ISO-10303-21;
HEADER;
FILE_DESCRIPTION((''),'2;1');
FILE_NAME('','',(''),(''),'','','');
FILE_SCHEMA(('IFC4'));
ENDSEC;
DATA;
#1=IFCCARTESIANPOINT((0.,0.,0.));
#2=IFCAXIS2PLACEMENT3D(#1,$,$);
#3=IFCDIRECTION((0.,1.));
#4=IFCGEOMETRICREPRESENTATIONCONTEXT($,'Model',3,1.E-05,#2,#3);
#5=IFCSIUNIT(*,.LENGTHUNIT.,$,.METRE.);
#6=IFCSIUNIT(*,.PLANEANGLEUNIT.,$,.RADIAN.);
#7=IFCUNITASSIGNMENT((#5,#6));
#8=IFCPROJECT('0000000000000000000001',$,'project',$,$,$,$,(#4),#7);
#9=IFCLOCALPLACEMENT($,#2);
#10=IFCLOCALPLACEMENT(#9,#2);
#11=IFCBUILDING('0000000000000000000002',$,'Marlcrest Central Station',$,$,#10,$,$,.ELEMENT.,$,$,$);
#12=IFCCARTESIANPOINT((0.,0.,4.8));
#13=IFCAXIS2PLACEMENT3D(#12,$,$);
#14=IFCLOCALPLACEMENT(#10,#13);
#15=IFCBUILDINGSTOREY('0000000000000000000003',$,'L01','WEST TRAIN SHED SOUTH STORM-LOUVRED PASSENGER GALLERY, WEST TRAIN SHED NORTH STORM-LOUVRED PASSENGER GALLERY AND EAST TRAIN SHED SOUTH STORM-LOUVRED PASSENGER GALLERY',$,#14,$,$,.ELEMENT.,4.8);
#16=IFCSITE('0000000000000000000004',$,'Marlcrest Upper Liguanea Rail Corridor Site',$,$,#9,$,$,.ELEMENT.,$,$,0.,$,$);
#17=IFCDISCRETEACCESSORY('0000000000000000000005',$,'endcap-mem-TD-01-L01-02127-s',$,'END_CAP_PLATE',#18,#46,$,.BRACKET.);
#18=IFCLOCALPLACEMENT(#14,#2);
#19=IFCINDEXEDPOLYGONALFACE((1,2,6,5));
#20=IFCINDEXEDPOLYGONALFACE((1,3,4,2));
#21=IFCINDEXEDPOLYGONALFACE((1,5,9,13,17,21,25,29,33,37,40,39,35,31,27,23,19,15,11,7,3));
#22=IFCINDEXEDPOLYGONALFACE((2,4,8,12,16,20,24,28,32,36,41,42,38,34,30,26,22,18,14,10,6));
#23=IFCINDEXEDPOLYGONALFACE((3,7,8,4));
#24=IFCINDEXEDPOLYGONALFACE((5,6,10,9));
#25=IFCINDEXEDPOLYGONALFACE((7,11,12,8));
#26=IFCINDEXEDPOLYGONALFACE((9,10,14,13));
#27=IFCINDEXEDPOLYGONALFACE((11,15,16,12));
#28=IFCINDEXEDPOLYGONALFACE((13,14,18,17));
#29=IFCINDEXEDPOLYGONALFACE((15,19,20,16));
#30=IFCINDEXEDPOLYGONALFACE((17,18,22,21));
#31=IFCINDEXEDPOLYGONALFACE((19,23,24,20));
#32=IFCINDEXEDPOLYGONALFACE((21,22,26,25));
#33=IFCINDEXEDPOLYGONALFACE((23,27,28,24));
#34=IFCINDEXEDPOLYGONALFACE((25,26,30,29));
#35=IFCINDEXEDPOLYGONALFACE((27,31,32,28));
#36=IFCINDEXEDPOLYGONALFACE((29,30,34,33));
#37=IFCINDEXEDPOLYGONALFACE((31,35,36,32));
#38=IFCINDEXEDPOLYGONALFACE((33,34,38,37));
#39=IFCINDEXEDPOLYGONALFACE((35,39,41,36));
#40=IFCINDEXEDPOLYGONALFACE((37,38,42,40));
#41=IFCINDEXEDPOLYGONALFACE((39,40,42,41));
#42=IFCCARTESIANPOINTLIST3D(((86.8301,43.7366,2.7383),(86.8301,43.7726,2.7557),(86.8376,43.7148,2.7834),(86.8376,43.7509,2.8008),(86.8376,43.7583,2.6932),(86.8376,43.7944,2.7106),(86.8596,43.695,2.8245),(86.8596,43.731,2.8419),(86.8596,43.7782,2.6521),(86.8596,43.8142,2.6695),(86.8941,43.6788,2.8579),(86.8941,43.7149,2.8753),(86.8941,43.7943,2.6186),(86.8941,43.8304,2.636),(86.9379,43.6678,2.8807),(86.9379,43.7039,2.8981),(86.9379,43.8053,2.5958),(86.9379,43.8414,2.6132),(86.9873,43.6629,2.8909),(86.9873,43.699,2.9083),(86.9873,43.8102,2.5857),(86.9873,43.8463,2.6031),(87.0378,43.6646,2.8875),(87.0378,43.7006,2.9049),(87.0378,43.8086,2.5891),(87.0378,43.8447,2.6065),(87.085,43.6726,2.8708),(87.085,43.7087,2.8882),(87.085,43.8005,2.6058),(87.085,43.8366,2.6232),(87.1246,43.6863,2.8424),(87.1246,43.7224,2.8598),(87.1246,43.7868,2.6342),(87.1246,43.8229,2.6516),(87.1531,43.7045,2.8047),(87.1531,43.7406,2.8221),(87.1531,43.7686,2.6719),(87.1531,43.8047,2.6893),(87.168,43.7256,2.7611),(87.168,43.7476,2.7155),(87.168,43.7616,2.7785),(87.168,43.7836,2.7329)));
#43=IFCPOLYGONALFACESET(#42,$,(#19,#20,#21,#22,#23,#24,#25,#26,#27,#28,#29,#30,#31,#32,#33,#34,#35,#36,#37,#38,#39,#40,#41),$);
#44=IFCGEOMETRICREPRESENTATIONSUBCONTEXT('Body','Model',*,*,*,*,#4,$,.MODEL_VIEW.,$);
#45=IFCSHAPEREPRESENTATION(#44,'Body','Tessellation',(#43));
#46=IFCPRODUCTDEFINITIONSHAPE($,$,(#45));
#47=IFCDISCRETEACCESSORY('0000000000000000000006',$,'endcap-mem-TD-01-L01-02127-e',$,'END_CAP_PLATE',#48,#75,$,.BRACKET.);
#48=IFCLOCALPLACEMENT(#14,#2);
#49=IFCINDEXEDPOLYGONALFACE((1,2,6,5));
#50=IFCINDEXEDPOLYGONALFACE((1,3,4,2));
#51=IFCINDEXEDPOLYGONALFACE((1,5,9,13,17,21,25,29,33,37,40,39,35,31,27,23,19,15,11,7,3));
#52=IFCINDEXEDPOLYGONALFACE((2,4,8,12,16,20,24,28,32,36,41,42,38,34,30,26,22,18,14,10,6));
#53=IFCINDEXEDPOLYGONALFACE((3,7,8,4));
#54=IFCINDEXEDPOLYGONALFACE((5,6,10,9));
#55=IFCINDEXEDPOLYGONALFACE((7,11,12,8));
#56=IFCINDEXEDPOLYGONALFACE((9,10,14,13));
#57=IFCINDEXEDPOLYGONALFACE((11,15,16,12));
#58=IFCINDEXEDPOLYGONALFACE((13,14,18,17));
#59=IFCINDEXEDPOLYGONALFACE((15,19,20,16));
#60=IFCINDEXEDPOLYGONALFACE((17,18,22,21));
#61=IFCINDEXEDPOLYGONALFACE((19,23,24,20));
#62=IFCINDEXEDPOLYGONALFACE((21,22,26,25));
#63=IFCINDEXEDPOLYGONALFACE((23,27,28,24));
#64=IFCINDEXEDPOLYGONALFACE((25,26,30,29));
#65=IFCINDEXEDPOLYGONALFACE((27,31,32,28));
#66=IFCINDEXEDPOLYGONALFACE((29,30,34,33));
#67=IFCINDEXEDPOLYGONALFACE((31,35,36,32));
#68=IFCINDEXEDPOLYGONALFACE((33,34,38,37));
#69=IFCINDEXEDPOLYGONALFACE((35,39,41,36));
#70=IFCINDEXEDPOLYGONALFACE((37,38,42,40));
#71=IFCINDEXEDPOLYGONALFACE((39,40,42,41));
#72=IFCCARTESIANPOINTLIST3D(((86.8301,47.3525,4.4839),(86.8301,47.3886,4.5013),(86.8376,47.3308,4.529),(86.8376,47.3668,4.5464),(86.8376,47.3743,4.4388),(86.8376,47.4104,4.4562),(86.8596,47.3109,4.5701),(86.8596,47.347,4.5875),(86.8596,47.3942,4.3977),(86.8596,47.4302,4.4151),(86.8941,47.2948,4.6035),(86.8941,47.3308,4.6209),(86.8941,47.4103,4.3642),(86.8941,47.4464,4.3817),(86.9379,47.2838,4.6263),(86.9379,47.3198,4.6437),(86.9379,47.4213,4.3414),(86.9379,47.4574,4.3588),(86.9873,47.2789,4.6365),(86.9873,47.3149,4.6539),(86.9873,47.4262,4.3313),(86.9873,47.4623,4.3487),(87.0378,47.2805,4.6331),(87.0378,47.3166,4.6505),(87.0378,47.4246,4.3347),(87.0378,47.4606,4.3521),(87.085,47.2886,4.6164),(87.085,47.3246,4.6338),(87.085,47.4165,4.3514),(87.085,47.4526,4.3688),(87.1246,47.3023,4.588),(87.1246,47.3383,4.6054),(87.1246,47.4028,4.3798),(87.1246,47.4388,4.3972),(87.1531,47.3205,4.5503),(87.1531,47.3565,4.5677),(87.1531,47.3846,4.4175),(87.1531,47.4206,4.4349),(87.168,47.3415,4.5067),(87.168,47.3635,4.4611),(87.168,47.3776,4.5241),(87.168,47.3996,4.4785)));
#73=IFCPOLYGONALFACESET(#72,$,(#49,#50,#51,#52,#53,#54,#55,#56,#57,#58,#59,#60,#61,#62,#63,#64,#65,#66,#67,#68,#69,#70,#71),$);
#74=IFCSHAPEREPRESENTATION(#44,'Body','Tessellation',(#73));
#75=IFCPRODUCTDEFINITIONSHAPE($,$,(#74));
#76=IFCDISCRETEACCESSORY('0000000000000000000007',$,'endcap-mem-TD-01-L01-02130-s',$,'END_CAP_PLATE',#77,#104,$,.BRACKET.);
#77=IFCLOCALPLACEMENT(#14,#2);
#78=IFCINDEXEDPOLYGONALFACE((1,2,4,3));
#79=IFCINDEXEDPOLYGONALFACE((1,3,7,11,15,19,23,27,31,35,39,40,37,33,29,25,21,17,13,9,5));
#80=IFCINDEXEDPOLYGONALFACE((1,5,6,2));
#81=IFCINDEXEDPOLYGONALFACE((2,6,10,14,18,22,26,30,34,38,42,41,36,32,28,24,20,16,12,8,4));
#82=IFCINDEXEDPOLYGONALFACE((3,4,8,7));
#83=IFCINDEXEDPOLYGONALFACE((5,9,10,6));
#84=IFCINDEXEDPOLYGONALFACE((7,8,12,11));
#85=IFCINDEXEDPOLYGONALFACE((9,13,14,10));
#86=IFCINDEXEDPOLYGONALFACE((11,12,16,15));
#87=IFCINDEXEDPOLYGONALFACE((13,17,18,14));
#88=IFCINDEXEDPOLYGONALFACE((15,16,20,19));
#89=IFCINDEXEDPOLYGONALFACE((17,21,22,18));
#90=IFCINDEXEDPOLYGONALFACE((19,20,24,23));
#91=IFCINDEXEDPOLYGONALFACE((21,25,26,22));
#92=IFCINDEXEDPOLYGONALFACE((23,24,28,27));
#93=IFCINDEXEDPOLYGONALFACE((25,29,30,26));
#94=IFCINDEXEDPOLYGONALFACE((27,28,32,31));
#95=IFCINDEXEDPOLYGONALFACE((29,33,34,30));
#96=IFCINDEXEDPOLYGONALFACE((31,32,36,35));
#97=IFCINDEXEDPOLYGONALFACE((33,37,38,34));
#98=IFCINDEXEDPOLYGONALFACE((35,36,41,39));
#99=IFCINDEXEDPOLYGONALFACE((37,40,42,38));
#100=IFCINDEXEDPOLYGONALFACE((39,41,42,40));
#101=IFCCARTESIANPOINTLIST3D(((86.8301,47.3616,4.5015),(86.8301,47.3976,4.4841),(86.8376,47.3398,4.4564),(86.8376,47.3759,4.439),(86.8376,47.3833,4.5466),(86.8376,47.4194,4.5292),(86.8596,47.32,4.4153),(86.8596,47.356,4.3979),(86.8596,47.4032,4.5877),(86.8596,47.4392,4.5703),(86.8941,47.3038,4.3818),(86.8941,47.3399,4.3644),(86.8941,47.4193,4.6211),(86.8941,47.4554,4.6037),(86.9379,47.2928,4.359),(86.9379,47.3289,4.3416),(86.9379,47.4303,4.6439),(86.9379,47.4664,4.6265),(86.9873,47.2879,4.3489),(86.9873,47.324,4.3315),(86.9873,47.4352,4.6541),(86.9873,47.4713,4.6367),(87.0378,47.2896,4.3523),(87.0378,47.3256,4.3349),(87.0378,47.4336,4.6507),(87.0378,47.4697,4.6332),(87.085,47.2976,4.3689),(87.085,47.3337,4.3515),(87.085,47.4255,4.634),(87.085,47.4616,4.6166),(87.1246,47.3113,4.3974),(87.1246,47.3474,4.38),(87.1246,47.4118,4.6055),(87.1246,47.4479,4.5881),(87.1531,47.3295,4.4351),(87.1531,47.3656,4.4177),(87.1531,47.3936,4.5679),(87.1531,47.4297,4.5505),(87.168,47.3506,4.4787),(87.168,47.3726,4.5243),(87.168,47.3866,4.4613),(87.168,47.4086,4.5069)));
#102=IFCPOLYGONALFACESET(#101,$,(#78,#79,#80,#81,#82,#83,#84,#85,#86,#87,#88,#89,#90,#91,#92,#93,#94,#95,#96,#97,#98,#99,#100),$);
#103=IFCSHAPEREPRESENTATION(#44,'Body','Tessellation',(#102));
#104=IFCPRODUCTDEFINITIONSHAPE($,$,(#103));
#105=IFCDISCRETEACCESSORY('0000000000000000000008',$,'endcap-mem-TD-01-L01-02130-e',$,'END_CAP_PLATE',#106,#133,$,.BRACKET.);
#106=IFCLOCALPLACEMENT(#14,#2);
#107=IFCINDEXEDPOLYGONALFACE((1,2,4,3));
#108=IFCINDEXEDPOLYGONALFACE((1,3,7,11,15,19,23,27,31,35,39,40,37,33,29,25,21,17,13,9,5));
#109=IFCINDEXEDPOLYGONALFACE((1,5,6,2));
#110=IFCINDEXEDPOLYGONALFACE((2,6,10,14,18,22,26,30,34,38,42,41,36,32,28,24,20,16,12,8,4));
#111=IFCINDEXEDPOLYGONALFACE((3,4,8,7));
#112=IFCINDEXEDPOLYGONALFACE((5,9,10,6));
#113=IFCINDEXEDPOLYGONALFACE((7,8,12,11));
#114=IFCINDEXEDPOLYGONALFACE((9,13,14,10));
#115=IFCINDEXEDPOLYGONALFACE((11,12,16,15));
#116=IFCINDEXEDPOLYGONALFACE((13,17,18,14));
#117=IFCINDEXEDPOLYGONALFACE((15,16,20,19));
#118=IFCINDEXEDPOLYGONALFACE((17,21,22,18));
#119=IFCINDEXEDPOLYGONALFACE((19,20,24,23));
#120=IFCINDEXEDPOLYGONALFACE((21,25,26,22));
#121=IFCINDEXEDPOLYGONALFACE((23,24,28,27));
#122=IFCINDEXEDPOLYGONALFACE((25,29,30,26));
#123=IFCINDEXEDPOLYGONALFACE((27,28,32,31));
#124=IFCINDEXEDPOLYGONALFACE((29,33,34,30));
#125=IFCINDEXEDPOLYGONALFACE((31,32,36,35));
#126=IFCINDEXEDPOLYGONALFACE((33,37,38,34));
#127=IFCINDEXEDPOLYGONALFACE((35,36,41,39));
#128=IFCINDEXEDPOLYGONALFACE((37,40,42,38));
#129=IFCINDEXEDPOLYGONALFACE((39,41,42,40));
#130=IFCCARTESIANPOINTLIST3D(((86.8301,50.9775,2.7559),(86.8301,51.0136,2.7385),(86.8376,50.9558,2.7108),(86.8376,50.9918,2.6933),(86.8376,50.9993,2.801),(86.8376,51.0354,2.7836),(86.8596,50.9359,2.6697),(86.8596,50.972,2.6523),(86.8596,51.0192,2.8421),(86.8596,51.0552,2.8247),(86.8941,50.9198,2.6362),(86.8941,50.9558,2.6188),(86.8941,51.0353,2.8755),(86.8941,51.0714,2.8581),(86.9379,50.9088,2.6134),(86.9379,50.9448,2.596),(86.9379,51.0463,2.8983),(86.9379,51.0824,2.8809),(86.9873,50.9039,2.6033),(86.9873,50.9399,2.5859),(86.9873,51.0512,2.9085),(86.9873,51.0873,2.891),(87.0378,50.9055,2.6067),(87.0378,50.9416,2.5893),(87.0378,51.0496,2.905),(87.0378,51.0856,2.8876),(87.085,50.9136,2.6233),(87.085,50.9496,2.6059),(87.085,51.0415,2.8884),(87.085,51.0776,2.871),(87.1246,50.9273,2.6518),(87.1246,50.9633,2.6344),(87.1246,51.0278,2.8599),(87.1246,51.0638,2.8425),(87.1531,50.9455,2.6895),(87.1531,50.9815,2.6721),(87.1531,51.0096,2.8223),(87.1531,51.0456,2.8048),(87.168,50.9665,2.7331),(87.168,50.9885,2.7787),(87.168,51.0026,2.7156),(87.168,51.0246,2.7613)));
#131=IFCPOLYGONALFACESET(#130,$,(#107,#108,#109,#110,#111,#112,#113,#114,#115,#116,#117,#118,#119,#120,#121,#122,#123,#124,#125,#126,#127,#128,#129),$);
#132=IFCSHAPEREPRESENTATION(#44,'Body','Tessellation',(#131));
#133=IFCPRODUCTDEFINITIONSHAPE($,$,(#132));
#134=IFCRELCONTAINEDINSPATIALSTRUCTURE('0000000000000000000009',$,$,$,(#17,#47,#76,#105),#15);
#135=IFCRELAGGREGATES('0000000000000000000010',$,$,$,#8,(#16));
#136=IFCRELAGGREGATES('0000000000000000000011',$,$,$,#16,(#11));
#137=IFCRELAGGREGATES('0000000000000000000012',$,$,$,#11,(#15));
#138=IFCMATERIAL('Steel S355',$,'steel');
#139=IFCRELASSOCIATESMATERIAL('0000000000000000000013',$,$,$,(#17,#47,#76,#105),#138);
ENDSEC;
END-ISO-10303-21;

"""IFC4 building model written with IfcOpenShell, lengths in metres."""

from ifc_helpers import new_model, si_unit, direction, frame, origin, origin_2d, place, context, subcontext, project, spatial, circle, extrude, material, element, save


model = new_model("IFC4")

# Units and contexts
model_context = context("Model", 3, precision=1e-05, world=origin(), true_north=direction((0.0, 1.0)))
body_context = subcontext(model_context, "Body", "Model", "MODEL_VIEW")
ifc_project = project(units=[si_unit("LENGTHUNIT", "METRE"), si_unit("PLANEANGLEUNIT", "RADIAN")], contexts=[model_context])

# Site, building, storey
site_placement = place(None, origin())
site = spatial("IfcSite", under=ifc_project, at=site_placement, Name="Marlcrest Upper Liguanea Rail Corridor Site", CompositionType="ELEMENT", RefElevation=0.0)
building_placement = place(site_placement, origin())
building = spatial("IfcBuilding", under=site, at=building_placement, Name="Marlcrest Central Station", CompositionType="ELEMENT")
storey_placement = place(building_placement, frame((0.0, 0.0, 4.8)))
storey = spatial("IfcBuildingStorey", under=building, at=storey_placement, Name="L01", Description="WEST TRAIN SHED SOUTH STORM-LOUVRED PASSENGER GALLERY, WEST TRAIN SHED NORTH STORM-LOUVRED PASSENGER GALLERY AND EAST TRAIN SHED SOUTH STORM-LOUVRED PASSENGER GALLERY", CompositionType="ELEMENT", Elevation=4.8)

# Shared definitions
ifc_material_1 = material(Name="Steel S355", Category="steel")

# Discrete accessories
for number, where, z_axis, x_axis, name in (
    (1, (87.0, 43.7366, 2.7383), (0.0, 0.900552, 0.434749), (-1.0, 0.0, 0.0), "endcap-mem-TD-01-L01-02127-s"),
    (2, (87.0, 47.3525, 4.4839), (0.0, 0.900552, 0.434749), (-1.0, 0.0, 0.0), "endcap-mem-TD-01-L01-02127-e"),
    (3, (87.0, 47.3616, 4.5015), (0.0, 0.900552, -0.434749), (-1.0, 0.0, 0.0), "endcap-mem-TD-01-L01-02130-s"),
    (4, (87.0, 50.9775, 2.7559), (0.0, 0.900552, -0.434749), (-1.0, 0.0, 0.0), "endcap-mem-TD-01-L01-02130-e"),
):
    element("IfcDiscreteAccessory", number, at=place(storey_placement, frame(where, z_axis=z_axis, x_axis=x_axis)), inside=storey, material=ifc_material_1, Name=name, ObjectType="END_CAP_PLATE", PredefinedType="BRACKET", context=body_context, shape_type="SweptSolid", body=[
        extrude(circle(Radius=0.1699, at=origin_2d()), origin(), (0.0, 0.0, 1.0), 0.04),
    ])

save(model, "model.ifc")
